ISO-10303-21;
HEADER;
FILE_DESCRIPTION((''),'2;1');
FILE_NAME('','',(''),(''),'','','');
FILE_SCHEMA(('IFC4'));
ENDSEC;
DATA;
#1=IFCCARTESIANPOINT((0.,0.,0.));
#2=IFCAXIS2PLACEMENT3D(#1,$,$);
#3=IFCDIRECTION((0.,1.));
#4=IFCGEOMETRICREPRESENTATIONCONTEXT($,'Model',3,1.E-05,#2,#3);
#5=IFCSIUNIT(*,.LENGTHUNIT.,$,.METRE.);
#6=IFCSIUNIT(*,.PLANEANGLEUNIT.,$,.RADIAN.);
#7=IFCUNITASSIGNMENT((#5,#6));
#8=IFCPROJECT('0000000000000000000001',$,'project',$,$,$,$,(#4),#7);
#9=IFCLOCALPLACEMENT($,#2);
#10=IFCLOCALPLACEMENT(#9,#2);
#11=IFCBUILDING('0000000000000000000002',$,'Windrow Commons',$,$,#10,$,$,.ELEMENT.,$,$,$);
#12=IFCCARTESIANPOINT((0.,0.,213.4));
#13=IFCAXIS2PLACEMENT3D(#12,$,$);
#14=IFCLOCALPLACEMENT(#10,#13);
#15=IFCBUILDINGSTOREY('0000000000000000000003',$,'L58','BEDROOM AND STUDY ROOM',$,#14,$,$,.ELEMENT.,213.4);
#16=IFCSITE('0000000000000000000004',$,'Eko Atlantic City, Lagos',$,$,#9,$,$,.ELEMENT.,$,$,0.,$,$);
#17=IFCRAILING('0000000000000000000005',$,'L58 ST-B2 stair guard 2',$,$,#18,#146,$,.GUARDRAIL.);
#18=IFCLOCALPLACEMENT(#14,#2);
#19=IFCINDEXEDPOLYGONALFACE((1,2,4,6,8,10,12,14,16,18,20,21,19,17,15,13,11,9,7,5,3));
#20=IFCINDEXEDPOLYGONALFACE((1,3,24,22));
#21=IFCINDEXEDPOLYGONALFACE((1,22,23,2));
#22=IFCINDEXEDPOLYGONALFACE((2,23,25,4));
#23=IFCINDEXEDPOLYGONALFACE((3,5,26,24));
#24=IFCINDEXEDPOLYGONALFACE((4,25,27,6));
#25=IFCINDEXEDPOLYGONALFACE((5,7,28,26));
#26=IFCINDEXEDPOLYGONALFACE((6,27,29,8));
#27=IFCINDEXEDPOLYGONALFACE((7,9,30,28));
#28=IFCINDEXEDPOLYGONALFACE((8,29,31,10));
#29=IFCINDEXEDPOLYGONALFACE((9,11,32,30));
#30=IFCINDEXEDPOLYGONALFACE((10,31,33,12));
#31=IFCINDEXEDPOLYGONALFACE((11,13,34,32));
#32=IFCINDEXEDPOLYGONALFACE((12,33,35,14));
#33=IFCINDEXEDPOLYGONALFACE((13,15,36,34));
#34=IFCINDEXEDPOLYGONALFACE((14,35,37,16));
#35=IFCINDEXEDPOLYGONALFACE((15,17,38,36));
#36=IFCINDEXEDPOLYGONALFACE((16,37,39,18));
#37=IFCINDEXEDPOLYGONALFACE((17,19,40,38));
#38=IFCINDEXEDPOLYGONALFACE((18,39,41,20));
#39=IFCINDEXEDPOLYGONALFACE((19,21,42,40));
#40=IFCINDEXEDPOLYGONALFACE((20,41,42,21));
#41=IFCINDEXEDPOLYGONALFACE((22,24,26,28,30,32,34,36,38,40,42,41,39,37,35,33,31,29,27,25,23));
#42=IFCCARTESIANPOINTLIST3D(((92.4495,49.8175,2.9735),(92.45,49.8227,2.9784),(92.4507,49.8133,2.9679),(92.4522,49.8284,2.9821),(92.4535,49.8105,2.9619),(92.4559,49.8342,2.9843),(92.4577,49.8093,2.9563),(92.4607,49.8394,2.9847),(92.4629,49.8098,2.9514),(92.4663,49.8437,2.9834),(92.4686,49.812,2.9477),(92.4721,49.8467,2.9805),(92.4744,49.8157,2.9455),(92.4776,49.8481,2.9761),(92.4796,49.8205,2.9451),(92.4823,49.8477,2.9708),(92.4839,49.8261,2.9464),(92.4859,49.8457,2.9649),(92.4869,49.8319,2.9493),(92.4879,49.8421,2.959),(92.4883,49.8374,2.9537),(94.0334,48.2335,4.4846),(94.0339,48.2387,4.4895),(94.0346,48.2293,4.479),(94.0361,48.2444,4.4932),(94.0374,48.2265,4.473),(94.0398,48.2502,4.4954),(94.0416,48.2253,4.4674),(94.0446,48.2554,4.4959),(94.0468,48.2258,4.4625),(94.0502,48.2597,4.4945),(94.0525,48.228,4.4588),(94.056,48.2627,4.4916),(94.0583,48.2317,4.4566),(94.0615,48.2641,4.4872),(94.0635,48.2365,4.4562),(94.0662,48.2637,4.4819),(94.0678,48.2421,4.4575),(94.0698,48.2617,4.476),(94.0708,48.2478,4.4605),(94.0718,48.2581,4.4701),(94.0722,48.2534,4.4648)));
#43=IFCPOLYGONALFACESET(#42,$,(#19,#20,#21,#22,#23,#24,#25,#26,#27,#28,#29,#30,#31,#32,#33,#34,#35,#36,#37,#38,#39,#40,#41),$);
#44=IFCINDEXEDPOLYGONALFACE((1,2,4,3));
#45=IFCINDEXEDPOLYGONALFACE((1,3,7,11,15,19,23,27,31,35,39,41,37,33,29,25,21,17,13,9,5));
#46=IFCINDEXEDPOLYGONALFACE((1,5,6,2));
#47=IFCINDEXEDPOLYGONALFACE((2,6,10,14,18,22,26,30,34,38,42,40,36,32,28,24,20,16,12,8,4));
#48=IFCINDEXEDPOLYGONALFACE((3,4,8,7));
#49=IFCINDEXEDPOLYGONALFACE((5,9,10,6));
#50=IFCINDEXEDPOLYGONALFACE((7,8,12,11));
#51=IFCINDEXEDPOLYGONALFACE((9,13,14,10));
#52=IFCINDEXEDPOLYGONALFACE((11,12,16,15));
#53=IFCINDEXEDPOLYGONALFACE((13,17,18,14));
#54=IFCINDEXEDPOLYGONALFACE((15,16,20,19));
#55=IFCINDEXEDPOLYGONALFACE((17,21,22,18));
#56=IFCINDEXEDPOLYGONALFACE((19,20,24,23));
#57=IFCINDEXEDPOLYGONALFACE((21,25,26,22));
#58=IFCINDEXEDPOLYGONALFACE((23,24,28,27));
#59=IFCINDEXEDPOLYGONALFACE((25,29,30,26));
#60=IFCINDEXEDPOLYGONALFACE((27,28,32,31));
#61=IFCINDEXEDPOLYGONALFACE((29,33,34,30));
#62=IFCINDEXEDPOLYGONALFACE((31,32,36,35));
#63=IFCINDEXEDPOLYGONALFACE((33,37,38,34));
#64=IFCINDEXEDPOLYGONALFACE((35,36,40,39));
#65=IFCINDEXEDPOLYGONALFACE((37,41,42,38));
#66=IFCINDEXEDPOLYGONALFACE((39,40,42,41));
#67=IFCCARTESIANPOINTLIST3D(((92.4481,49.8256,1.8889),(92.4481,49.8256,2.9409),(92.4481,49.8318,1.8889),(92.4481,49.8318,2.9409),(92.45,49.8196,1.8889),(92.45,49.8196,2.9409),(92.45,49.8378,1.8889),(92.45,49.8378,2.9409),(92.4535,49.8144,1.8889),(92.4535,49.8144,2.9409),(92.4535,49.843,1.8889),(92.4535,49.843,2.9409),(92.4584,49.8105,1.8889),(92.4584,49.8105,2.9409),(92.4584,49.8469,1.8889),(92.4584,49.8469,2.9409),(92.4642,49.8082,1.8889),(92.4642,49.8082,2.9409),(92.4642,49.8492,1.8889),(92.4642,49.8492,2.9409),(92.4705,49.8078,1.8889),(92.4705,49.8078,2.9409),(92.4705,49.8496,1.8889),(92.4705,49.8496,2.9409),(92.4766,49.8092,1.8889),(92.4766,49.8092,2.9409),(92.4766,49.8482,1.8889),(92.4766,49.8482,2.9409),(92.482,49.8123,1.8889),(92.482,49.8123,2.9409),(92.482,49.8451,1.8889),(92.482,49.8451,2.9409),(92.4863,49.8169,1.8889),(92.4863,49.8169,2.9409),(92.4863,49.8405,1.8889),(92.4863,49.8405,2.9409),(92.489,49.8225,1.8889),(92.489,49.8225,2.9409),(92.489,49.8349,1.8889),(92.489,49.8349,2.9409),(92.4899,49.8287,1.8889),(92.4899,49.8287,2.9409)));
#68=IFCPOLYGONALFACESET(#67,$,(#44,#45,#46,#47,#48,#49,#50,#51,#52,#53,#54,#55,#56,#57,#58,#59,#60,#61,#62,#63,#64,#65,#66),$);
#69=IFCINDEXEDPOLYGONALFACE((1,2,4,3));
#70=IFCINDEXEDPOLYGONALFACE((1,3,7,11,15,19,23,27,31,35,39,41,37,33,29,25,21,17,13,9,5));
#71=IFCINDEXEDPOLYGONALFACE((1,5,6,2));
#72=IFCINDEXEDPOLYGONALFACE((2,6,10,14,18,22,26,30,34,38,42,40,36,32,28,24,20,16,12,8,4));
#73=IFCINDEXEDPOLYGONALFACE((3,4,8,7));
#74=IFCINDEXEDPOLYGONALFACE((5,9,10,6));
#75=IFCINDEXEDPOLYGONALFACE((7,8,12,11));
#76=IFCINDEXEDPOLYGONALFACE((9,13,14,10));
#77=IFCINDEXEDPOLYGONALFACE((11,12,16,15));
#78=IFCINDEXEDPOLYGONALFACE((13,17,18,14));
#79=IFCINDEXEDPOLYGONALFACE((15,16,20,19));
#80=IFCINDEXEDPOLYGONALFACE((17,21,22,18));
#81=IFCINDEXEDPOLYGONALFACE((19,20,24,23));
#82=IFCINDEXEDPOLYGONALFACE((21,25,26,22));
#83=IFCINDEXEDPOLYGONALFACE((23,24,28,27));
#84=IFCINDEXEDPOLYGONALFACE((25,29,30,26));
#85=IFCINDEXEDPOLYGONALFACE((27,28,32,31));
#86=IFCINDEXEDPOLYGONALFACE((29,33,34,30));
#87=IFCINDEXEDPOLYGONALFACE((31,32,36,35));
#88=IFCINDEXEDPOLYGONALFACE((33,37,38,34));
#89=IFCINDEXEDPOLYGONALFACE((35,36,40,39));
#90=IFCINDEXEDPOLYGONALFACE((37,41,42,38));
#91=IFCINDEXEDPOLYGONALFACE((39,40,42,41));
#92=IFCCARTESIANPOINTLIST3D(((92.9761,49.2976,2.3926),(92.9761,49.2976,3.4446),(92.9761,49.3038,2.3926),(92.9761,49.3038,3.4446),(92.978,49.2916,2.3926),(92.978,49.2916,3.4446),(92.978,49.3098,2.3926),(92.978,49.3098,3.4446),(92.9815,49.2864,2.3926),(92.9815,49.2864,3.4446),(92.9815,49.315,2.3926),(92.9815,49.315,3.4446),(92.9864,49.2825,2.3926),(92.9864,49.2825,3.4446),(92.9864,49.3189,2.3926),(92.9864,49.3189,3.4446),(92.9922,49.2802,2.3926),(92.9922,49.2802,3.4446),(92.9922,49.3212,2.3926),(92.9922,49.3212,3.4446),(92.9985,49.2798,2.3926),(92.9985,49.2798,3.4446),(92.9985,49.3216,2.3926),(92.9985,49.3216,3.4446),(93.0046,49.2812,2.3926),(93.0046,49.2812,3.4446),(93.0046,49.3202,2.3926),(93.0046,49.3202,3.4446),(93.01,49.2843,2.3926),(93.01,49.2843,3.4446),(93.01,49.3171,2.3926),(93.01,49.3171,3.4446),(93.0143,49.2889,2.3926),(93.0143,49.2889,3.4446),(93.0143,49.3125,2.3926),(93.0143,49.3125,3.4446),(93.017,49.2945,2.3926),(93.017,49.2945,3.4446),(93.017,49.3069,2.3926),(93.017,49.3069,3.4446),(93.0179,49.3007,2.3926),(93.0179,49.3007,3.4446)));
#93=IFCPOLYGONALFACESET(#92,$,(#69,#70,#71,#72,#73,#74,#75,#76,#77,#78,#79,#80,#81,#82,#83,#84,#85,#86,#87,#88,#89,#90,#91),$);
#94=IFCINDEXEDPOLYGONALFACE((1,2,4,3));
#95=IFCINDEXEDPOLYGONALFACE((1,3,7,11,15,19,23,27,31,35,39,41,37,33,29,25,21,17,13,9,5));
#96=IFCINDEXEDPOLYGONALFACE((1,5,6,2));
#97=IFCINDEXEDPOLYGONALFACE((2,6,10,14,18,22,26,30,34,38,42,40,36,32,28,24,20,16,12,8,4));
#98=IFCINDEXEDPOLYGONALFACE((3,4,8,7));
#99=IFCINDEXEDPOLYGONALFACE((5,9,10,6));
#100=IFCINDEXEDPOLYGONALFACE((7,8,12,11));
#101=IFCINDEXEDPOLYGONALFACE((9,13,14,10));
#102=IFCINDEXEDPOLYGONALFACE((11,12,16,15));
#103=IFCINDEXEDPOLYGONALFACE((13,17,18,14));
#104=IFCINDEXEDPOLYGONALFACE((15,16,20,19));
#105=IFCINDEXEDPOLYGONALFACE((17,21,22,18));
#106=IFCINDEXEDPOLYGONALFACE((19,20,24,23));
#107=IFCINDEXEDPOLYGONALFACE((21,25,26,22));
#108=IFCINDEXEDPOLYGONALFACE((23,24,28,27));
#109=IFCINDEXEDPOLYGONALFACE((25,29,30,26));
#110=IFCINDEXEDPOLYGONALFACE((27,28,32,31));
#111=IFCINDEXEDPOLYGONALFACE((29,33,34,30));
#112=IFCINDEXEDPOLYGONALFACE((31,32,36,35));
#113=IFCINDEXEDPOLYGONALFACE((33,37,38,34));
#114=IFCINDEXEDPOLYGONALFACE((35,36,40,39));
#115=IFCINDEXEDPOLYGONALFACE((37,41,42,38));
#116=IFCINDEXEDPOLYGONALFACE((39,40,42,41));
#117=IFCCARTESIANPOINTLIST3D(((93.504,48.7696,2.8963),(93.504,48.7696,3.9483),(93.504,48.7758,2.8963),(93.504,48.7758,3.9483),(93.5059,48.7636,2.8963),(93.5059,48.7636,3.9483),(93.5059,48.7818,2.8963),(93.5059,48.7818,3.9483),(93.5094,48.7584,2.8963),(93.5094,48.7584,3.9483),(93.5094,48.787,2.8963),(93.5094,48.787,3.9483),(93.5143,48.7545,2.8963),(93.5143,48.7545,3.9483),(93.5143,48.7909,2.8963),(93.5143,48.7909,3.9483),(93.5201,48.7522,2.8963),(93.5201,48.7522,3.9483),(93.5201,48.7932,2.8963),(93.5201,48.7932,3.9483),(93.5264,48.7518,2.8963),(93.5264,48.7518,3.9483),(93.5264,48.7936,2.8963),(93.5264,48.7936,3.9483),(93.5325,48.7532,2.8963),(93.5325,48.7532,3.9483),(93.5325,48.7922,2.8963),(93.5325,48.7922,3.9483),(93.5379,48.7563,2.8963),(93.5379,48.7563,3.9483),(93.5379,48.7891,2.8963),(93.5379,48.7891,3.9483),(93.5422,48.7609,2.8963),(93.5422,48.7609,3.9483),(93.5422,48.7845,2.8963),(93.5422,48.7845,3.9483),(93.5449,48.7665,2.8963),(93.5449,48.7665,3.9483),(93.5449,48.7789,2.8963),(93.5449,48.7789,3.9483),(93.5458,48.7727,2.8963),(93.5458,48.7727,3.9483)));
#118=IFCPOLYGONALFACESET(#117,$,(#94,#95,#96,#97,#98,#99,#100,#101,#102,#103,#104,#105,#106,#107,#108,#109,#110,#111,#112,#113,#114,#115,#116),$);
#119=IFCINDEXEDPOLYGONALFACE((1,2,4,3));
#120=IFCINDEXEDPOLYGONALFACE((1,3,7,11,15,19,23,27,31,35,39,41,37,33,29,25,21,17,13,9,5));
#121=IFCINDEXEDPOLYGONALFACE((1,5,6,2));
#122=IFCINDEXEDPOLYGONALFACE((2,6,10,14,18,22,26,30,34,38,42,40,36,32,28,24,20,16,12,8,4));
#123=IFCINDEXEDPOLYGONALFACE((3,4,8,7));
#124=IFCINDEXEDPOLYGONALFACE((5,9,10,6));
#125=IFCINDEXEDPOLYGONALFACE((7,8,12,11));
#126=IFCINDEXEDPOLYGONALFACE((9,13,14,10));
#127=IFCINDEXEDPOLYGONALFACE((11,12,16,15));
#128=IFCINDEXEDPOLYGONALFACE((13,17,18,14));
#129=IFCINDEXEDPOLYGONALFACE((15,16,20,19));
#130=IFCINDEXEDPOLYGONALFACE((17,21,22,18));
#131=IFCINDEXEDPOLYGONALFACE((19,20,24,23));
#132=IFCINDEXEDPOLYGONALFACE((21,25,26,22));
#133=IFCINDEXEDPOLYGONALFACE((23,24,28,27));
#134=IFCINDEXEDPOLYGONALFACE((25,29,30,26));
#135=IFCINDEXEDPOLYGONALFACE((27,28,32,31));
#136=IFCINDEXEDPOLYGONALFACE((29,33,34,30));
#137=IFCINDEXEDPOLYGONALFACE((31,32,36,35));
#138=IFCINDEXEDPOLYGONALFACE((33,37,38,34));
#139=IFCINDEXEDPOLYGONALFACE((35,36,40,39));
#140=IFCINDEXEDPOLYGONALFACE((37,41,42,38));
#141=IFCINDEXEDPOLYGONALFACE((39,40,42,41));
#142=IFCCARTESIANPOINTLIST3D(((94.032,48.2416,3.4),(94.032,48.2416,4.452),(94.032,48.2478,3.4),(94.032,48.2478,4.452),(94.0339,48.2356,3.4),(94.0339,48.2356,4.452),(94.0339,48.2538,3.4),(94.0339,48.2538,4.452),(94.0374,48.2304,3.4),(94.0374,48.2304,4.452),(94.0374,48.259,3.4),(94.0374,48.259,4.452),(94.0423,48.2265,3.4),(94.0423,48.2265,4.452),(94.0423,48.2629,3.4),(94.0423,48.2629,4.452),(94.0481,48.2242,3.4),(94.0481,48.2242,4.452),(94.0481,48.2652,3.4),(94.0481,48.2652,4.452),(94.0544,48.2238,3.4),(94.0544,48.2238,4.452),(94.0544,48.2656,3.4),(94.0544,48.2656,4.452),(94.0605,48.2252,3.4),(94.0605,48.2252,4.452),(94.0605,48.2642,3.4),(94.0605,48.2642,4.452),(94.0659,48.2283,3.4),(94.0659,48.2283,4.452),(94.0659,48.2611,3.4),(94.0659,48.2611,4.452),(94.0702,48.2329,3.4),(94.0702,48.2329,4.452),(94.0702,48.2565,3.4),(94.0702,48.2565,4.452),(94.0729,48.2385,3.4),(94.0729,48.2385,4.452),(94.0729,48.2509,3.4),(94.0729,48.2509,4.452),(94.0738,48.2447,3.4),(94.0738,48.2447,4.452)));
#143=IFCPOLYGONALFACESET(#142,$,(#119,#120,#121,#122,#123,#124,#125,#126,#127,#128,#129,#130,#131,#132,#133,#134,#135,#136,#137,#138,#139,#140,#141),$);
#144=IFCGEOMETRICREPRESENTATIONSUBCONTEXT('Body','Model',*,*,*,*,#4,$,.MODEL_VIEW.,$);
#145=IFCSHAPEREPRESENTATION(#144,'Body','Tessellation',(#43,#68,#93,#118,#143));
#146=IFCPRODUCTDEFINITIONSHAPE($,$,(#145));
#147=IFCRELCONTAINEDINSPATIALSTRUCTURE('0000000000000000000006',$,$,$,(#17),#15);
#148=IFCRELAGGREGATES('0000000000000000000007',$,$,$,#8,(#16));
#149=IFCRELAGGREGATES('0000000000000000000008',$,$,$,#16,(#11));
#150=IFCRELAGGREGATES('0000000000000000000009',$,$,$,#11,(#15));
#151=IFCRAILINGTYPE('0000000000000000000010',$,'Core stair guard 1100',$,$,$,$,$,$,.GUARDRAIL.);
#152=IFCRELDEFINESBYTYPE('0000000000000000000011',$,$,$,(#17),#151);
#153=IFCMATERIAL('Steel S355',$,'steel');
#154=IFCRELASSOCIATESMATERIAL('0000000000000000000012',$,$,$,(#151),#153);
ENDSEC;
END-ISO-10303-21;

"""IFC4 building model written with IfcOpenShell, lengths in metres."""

from ifc_helpers import new_model, si_unit, direction, frame, origin, origin_2d, place, context, subcontext, project, spatial, circle, extrude, material, type_object, element, save


model = new_model("IFC4")

# Units and contexts
model_context = context("Model", 3, precision=1e-05, world=origin(), true_north=direction((0.0, 1.0)))
body_context = subcontext(model_context, "Body", "Model", "MODEL_VIEW")
ifc_project = project(units=[si_unit("LENGTHUNIT", "METRE"), si_unit("PLANEANGLEUNIT", "RADIAN")], contexts=[model_context])

# Site, building, storey
site_placement = place(None, origin())
site = spatial("IfcSite", under=ifc_project, at=site_placement, Name="Eko Atlantic City, Lagos", CompositionType="ELEMENT", RefElevation=0.0)
building_placement = place(site_placement, origin())
building = spatial("IfcBuilding", under=site, at=building_placement, Name="Windrow Commons", CompositionType="ELEMENT")
storey_placement = place(building_placement, frame((0.0, 0.0, 213.4)))
storey = spatial("IfcBuildingStorey", under=building, at=storey_placement, Name="L58", Description="BEDROOM AND STUDY ROOM", CompositionType="ELEMENT", Elevation=213.4)

# Railing
ifc_material_1 = material(Name="Steel S355", Category="steel")
railing_type_1 = type_object("IfcRailingType", Name="Core stair guard 1100", PredefinedType="GUARDRAIL", material=ifc_material_1)
railing_1_placement = place(storey_placement, frame((92.4689, 49.8287, 1.8889)))
element("IfcRailing", 1, at=railing_1_placement, inside=storey, type_object=railing_type_1, Name="L58 ST-B2 stair guard 2", PredefinedType="GUARDRAIL", context=body_context, shape_type="SweptSolid", body=[
    extrude(circle(Radius=0.024, at=origin_2d()), frame((0.0, 0.0, 1.076), z_axis=(0.586179, -0.586216, 0.559237), x_axis=(0.707129, 0.707084, 0.0)), (0.0, 0.0, 1.0), 2.7021),
    extrude(circle(Radius=0.021, at=origin_2d()), origin(), (0.0, 0.0, 1.0), 1.052),
    extrude(circle(Radius=0.021, at=origin_2d()), frame((0.528, -0.528, 0.5037)), (0.0, 0.0, 1.0), 1.052),
    extrude(circle(Radius=0.021, at=origin_2d()), frame((1.0559, -1.056, 1.0074)), (0.0, 0.0, 1.0), 1.052),
    extrude(circle(Radius=0.021, at=origin_2d()), frame((1.5839, -1.584, 1.5111)), (0.0, 0.0, 1.0), 1.052),
])

save(model, "model.ifc")
